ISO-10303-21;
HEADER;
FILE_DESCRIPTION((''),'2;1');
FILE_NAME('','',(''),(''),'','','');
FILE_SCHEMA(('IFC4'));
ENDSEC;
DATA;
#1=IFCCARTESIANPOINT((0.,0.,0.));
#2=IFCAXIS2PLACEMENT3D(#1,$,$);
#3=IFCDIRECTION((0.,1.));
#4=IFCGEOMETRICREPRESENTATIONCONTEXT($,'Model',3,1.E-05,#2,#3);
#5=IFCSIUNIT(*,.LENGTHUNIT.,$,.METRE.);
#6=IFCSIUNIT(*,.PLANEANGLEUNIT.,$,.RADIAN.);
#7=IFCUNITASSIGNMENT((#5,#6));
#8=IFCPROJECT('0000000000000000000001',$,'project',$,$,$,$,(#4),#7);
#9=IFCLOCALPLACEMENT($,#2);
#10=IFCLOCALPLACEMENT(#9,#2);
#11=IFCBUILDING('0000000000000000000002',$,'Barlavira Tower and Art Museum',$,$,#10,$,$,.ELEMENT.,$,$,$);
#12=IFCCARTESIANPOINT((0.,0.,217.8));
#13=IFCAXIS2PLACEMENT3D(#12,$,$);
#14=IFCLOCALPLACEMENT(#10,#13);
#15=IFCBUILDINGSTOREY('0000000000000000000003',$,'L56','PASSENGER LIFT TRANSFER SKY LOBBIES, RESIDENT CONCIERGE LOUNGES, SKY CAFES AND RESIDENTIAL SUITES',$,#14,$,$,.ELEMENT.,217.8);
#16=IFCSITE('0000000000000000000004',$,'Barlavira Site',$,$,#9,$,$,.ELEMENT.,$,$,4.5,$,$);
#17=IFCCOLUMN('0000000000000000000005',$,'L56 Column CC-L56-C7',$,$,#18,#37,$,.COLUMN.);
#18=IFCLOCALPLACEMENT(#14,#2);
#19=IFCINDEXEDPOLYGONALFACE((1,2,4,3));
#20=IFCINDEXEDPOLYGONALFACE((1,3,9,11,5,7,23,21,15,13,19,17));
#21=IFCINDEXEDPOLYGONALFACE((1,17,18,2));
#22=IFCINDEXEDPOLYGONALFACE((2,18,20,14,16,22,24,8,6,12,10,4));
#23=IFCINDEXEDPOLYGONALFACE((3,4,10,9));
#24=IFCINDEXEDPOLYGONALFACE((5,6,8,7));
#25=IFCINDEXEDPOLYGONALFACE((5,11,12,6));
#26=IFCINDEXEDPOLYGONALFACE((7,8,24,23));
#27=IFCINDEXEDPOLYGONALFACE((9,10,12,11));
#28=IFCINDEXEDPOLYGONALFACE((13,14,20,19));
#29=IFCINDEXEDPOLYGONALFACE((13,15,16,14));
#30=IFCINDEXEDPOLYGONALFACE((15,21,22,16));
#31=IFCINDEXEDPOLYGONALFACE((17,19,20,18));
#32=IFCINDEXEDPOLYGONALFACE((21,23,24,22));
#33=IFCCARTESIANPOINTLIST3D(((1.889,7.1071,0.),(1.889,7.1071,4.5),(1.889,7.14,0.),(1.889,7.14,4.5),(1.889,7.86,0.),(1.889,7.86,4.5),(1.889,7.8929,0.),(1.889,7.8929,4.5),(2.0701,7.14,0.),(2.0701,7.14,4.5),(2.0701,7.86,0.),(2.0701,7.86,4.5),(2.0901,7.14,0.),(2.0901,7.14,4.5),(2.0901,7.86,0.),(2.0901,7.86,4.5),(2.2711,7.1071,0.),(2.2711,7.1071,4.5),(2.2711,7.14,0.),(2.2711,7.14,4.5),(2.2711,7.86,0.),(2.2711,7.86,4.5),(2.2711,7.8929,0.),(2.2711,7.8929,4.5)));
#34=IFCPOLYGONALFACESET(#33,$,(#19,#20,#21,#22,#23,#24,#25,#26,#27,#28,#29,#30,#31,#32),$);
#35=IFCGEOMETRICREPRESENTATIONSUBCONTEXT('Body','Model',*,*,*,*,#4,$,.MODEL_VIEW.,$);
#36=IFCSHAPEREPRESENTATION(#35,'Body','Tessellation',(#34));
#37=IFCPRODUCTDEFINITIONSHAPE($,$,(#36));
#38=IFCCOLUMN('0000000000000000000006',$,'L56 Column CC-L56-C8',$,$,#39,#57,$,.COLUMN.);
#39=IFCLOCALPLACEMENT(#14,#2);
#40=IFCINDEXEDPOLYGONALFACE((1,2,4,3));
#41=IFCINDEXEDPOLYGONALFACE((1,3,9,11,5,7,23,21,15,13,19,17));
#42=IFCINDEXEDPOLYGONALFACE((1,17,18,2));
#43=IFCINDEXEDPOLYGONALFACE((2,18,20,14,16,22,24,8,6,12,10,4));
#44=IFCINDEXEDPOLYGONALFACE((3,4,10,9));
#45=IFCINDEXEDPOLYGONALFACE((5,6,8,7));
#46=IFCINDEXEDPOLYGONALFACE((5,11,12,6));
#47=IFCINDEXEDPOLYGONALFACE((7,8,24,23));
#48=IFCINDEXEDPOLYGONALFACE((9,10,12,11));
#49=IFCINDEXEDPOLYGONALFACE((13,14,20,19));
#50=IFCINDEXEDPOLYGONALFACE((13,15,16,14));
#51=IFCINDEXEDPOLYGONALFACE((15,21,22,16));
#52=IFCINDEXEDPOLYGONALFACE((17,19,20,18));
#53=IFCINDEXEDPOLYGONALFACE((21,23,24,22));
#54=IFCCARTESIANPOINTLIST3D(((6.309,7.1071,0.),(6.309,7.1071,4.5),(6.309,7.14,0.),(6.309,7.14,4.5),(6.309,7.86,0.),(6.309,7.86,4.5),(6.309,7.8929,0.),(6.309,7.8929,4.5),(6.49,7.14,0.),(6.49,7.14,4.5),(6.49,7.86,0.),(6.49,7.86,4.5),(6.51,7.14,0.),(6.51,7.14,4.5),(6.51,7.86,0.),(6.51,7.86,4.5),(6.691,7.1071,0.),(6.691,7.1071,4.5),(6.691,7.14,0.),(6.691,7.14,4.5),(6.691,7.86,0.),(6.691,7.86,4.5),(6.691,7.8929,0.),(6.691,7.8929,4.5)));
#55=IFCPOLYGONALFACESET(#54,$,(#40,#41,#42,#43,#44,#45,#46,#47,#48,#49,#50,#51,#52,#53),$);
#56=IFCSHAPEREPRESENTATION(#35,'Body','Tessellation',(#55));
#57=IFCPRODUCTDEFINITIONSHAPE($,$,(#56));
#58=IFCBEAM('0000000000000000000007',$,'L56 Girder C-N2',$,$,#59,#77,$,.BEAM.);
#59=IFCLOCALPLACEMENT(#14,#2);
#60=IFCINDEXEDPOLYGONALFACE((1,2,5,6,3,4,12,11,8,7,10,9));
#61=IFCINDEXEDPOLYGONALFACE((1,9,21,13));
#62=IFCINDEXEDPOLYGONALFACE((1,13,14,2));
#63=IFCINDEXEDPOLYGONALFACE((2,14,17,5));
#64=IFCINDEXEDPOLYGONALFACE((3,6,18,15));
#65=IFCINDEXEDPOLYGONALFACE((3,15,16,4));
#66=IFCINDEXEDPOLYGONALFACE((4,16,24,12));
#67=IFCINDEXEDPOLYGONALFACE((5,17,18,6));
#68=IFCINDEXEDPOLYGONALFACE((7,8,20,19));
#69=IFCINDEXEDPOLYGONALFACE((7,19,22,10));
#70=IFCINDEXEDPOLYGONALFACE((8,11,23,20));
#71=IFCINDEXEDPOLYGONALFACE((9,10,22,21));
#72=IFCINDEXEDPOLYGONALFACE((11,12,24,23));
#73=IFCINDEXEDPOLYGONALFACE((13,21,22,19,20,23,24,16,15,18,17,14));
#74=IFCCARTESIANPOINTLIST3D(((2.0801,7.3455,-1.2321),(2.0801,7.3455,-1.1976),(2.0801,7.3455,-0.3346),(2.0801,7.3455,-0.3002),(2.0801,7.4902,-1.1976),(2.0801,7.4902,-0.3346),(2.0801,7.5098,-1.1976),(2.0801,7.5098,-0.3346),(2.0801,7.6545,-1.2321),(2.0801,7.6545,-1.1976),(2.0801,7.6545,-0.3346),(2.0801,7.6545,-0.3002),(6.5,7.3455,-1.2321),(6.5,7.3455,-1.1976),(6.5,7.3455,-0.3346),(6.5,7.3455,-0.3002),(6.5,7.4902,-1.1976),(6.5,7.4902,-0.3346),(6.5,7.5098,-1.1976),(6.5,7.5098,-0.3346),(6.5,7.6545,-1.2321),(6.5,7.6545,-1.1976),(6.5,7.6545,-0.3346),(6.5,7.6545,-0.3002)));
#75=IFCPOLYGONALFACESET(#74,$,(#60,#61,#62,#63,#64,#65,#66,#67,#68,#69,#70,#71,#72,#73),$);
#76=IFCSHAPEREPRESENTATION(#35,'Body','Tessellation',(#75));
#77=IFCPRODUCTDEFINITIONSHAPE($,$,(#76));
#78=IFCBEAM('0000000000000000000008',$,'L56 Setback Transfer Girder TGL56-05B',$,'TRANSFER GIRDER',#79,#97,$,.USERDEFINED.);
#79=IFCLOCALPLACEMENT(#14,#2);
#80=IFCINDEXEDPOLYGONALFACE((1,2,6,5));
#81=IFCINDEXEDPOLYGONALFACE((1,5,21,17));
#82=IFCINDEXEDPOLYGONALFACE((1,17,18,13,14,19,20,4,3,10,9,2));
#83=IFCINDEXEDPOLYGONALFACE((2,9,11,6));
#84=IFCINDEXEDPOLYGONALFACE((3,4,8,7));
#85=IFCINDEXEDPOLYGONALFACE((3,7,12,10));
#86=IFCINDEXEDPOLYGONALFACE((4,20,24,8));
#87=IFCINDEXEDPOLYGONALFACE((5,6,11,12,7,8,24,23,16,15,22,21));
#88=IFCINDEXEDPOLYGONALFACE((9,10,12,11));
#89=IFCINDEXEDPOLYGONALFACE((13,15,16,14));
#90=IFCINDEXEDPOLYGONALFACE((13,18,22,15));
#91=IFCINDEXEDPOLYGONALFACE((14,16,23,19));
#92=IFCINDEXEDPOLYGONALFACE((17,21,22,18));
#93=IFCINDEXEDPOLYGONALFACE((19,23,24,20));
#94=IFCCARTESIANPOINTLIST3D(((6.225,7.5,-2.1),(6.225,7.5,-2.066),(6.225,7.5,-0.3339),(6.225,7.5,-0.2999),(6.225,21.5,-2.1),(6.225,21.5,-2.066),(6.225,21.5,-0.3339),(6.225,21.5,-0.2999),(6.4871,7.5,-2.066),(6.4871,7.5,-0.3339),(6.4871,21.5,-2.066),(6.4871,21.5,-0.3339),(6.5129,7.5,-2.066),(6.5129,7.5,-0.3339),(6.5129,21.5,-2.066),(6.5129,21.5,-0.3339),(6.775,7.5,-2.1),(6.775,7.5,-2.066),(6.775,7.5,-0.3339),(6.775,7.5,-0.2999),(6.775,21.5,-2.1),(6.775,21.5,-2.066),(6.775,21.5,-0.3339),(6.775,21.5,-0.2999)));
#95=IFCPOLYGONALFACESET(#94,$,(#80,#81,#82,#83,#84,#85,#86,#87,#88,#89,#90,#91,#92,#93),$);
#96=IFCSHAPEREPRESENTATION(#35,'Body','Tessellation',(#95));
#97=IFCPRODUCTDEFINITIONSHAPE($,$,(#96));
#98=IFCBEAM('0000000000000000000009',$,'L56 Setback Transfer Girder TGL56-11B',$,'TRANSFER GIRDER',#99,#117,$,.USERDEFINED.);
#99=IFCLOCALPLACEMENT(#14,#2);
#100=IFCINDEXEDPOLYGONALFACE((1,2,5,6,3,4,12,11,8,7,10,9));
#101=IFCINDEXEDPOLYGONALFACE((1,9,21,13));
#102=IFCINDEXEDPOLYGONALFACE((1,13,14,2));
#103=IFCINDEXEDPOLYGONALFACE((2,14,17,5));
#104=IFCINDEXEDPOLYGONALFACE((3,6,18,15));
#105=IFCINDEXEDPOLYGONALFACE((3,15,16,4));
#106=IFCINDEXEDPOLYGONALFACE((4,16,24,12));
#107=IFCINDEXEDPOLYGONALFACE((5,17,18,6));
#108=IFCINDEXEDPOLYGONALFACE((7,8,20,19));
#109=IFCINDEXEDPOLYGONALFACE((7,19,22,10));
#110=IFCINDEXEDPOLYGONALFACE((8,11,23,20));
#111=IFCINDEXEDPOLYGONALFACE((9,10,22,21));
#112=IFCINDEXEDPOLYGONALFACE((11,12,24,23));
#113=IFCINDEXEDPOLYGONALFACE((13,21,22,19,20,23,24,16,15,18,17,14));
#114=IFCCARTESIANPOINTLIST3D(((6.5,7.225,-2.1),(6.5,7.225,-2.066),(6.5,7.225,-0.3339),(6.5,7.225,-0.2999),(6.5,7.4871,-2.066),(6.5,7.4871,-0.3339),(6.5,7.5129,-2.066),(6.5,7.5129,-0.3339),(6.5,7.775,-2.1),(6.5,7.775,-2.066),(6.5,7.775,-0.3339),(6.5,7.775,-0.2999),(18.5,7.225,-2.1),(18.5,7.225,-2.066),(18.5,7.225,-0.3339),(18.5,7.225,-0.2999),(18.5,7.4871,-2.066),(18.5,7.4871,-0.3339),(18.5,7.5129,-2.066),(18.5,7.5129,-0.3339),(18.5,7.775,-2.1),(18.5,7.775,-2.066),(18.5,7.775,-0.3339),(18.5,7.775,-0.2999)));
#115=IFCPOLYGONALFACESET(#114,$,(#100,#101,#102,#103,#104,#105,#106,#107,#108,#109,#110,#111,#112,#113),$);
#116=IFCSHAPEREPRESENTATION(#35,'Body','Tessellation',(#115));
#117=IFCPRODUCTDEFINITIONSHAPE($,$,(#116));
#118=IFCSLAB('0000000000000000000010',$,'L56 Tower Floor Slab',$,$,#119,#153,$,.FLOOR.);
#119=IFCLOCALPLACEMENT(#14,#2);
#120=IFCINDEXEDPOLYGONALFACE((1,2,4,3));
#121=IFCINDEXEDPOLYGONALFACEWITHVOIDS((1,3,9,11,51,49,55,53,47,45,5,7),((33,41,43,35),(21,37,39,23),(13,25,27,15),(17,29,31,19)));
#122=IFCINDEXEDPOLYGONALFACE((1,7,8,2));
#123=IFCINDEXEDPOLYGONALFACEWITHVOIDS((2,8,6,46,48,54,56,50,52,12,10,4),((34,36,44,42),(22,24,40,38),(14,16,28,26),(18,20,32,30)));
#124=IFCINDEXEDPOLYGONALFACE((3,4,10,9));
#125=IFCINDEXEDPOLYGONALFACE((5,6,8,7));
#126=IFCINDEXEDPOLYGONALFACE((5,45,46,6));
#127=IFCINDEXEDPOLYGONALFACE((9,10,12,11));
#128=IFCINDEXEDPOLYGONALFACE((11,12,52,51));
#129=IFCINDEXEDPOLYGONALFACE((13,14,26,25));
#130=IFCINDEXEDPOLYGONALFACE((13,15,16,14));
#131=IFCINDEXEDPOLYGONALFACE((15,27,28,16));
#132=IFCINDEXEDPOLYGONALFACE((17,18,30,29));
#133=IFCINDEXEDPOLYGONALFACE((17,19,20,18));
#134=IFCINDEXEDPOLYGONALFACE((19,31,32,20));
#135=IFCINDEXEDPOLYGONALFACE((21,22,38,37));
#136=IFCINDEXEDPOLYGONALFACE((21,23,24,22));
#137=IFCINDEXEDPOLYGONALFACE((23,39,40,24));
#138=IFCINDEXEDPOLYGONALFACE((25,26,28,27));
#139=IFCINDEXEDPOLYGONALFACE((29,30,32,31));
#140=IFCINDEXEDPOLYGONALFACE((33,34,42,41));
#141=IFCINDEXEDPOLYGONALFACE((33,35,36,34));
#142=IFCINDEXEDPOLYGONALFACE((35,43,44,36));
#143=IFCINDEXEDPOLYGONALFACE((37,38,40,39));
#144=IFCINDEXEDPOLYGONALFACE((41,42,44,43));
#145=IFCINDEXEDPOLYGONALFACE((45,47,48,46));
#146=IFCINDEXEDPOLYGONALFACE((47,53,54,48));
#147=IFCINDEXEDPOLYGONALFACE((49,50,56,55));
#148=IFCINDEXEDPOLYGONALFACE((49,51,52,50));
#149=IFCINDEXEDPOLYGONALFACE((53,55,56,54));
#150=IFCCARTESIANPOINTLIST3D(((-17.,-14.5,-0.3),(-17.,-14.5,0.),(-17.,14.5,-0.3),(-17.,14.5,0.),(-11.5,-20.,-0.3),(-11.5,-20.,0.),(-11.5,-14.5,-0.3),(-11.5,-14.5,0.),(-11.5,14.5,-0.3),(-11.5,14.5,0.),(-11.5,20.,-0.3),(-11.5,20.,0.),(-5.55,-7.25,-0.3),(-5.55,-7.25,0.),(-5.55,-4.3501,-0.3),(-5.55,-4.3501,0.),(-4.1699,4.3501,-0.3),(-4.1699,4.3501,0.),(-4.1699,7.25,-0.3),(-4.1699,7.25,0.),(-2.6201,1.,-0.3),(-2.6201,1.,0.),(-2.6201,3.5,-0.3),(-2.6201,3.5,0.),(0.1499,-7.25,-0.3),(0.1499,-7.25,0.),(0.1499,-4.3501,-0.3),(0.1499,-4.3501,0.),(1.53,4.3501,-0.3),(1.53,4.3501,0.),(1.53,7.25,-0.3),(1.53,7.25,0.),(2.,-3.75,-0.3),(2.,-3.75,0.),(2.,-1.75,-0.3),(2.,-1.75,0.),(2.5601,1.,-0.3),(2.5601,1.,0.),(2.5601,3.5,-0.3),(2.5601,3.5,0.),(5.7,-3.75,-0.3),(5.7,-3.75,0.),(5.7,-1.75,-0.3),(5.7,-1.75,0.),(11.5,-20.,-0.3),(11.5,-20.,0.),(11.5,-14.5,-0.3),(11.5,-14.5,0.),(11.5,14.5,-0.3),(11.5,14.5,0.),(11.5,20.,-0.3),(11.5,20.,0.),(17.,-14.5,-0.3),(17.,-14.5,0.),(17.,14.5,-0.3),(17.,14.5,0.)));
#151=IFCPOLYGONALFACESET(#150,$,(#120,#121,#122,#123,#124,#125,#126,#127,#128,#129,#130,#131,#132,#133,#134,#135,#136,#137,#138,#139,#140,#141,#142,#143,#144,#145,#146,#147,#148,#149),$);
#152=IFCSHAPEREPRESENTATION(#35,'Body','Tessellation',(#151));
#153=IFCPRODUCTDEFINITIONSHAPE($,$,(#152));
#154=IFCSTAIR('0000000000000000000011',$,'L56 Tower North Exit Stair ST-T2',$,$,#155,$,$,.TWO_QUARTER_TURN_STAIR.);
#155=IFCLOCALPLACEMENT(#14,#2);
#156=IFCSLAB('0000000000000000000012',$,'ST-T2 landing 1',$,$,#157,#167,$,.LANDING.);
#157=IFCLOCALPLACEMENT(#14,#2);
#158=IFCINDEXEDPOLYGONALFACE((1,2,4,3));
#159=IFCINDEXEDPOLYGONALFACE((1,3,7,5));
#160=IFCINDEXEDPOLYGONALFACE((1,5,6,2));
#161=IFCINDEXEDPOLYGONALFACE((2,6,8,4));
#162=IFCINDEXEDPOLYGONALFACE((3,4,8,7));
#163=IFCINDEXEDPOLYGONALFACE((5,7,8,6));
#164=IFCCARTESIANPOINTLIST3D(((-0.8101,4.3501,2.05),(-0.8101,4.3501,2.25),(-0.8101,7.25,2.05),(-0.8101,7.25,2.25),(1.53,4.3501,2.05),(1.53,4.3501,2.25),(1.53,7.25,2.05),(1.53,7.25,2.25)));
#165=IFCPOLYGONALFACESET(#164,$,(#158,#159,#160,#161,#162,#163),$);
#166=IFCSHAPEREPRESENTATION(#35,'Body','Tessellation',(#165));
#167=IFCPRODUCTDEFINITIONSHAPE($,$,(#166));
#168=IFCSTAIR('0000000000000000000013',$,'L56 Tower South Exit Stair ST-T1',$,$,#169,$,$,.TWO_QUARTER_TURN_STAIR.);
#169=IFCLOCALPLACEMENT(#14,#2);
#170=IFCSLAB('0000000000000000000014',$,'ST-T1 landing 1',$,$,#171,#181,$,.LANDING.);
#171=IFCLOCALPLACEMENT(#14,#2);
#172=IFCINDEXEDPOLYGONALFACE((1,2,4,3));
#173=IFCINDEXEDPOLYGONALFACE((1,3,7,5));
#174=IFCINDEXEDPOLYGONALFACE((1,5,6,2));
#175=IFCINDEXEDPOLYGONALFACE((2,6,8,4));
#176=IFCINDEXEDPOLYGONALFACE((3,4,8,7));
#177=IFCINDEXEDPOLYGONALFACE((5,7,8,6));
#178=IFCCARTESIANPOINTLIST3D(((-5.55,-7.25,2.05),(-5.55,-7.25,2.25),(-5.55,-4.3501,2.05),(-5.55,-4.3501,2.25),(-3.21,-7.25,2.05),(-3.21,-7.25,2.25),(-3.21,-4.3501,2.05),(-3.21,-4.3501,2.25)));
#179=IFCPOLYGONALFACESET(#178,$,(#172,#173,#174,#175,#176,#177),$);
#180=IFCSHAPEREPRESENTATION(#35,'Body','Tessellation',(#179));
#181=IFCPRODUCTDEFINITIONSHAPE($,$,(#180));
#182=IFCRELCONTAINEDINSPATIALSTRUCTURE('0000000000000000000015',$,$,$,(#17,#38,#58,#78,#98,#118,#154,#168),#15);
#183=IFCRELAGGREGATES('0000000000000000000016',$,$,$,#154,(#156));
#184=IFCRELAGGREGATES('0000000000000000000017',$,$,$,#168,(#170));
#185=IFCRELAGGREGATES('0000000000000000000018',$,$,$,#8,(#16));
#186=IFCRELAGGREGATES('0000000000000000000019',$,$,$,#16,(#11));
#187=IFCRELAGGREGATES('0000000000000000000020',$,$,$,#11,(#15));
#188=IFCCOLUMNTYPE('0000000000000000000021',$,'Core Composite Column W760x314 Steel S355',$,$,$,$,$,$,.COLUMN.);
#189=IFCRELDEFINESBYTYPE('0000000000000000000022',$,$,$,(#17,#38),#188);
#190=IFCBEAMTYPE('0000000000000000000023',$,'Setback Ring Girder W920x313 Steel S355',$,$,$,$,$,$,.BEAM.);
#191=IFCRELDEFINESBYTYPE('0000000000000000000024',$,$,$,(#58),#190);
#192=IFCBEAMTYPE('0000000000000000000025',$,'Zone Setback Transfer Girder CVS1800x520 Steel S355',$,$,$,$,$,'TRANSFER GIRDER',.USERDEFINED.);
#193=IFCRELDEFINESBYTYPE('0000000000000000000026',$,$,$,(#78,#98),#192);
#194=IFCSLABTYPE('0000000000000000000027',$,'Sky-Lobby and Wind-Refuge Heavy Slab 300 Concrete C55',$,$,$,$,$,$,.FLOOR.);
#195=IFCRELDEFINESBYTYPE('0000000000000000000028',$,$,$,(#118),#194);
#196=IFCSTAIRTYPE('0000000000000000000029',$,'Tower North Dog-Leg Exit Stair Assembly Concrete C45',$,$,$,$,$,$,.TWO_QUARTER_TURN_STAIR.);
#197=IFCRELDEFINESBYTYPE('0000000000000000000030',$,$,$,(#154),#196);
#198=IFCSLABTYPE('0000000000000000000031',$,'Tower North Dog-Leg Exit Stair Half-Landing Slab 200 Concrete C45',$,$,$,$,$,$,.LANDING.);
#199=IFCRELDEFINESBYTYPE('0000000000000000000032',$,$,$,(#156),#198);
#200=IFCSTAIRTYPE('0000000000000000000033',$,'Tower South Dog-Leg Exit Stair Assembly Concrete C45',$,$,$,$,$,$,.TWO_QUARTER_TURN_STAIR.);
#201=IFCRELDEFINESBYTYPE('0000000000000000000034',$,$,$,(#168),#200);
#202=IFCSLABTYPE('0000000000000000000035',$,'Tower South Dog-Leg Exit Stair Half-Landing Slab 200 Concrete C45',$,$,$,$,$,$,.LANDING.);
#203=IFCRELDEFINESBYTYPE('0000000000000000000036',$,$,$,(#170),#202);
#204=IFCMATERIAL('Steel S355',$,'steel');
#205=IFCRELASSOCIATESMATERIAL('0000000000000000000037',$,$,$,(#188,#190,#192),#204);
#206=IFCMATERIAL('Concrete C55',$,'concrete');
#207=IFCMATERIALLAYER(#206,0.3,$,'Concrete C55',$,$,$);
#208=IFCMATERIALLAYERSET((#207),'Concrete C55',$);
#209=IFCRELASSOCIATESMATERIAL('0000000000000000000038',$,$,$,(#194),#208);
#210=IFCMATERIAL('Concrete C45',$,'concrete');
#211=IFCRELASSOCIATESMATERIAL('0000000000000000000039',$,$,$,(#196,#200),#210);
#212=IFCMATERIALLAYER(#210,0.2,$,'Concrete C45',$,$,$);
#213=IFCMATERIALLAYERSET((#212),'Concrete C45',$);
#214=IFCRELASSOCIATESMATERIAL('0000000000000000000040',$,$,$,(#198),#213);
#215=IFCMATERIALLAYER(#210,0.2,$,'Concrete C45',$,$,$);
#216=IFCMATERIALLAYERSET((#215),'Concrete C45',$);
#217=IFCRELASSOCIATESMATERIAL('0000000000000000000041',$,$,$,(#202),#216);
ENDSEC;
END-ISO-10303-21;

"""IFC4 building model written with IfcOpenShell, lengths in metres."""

from ifc_helpers import new_model, si_unit, direction, frame, origin, origin_2d, place, context, subcontext, project, spatial, polyline, i_section, outline, extrude, material, layer, layer_set, material_profile, profile_set, type_object, element, aggregate, save


model = new_model("IFC4")

# Units and contexts
model_context = context("Model", 3, precision=1e-05, world=origin(), true_north=direction((0.0, 1.0)))
body_context = subcontext(model_context, "Body", "Model", "MODEL_VIEW")
ifc_project = project(units=[si_unit("LENGTHUNIT", "METRE"), si_unit("PLANEANGLEUNIT", "RADIAN")], contexts=[model_context])

# Site, building, storey
site_placement = place(None, origin())
site = spatial("IfcSite", under=ifc_project, at=site_placement, Name="Barlavira Site", CompositionType="ELEMENT", RefElevation=4.5)
building_placement = place(site_placement, origin())
building = spatial("IfcBuilding", under=site, at=building_placement, Name="Barlavira Tower and Art Museum", CompositionType="ELEMENT")
storey_placement = place(building_placement, frame((0.0, 0.0, 217.8)))
storey = spatial("IfcBuildingStorey", under=building, at=storey_placement, Name="L56", Description="PASSENGER LIFT TRANSFER SKY LOBBIES, RESIDENT CONCIERGE LOUNGES, SKY CAFES AND RESIDENTIAL SUITES", CompositionType="ELEMENT", Elevation=217.8)

# Columns
ifc_material_1 = material(Name="Steel S355", Category="steel")
ifc_material_profile_1 = material_profile(ifc_material_1, i_section(OverallWidth=0.3821, OverallDepth=0.7859, WebThickness=0.02, FlangeThickness=0.033, at=origin_2d()), Name="W760x314.0")
ifc_profile_set_1 = profile_set([ifc_material_profile_1], Name="Steel S355")
column_type = type_object("IfcColumnType", Name="Core Composite Column W760x314 Steel S355", PredefinedType="COLUMN", material=ifc_profile_set_1)
for number, where, z_axis, x_axis, name in (
    (1, (2.0801, 7.5, 0.0), (0.0, 0.0, 1.0), (1.0, 0.0, 0.0), "L56 Column CC-L56-C7"),
    (2, (6.5, 7.5, 0.0), (0.0, 0.0, 1.0), (1.0, 0.0, 0.0), "L56 Column CC-L56-C8"),
):
    element("IfcColumn", number, at=place(storey_placement, frame(where, z_axis=z_axis, x_axis=x_axis)), inside=storey, type_object=column_type, Name=name, PredefinedType="COLUMN", context=body_context, shape_type="SweptSolid", body=[
        extrude(i_section(OverallWidth=0.3821, OverallDepth=0.7859, WebThickness=0.02, FlangeThickness=0.033, at=origin_2d()), origin(), (0.0, 0.0, 1.0), 4.5),
    ])

# Beams
ifc_material_profile_2 = material_profile(ifc_material_1, i_section(OverallWidth=0.3091, OverallDepth=0.9319, WebThickness=0.0195, FlangeThickness=0.0344, at=origin_2d()), Name="W920x313.0")
ifc_profile_set_2 = profile_set([ifc_material_profile_2], Name="Steel S355")
beam_type_1 = type_object("IfcBeamType", Name="Setback Ring Girder W920x313 Steel S355", PredefinedType="BEAM", material=ifc_profile_set_2)
beam_1_placement = place(storey_placement, frame((2.0801, 7.5, -0.7661), z_axis=(1.0, 0.0, 0.0), x_axis=(0.0, 1.0, 0.0)))
element("IfcBeam", 3, at=beam_1_placement, inside=storey, type_object=beam_type_1, Name="L56 Girder C-N2", PredefinedType="BEAM", context=body_context, shape_type="SweptSolid", body=[
    extrude(i_section(OverallWidth=0.3091, OverallDepth=0.9319, WebThickness=0.0195, FlangeThickness=0.0344, at=origin_2d()), origin(), (0.0, 0.0, 1.0), 4.4199),
])
ifc_material_profile_3 = material_profile(ifc_material_1, i_section(OverallWidth=0.55, OverallDepth=1.8, WebThickness=0.0259, FlangeThickness=0.0339, at=origin_2d()), Name="CVS1800x520")
ifc_profile_set_3 = profile_set([ifc_material_profile_3], Name="Steel S355")
beam_type_2 = type_object("IfcBeamType", Name="Zone Setback Transfer Girder CVS1800x520 Steel S355", ElementType="TRANSFER GIRDER", PredefinedType="USERDEFINED", material=ifc_profile_set_3)
beam_2_placement = place(storey_placement, frame((6.5, 7.5, -1.2), z_axis=(0.0, 1.0, 0.0), x_axis=(-1.0, 0.0, 0.0)))
element("IfcBeam", 4, at=beam_2_placement, inside=storey, type_object=beam_type_2, Name="L56 Setback Transfer Girder TGL56-05B", ObjectType="TRANSFER GIRDER", PredefinedType="USERDEFINED", context=body_context, shape_type="SweptSolid", body=[
    extrude(i_section(OverallWidth=0.55, OverallDepth=1.8, WebThickness=0.0259, FlangeThickness=0.0339, at=origin_2d()), origin(), (0.0, 0.0, 1.0), 14.0),
])
beam_3_placement = place(storey_placement, frame((6.5, 7.5, -1.2), z_axis=(1.0, 0.0, 0.0), x_axis=(0.0, 1.0, 0.0)))
element("IfcBeam", 5, at=beam_3_placement, inside=storey, type_object=beam_type_2, Name="L56 Setback Transfer Girder TGL56-11B", ObjectType="TRANSFER GIRDER", PredefinedType="USERDEFINED", context=body_context, shape_type="SweptSolid", body=[
    extrude(i_section(OverallWidth=0.55, OverallDepth=1.8, WebThickness=0.0259, FlangeThickness=0.0339, at=origin_2d()), origin(), (0.0, 0.0, 1.0), 12.0),
])

# Slab
ifc_material_2 = material(Name="Concrete C55", Category="concrete")
ifc_layer_1 = layer(ifc_material_2, 0.3, Name="Concrete C55")
ifc_layer_set_1 = layer_set([ifc_layer_1], Name="Concrete C55")
slab_type_1 = type_object("IfcSlabType", Name="Sky-Lobby and Wind-Refuge Heavy Slab 300 Concrete C55", PredefinedType="FLOOR", material=ifc_layer_set_1)
slab_1_placement = place(storey_placement, frame((0.0, 0.0, -0.3)))
element("IfcSlab", 6, at=slab_1_placement, inside=storey, type_object=slab_type_1, Name="L56 Tower Floor Slab", PredefinedType="FLOOR", context=body_context, shape_type="SweptSolid", body=[
    extrude(outline(polyline([(-11.5, -20.0), (11.5, -20.0), (11.5, -14.5), (17.0, -14.5), (17.0, 14.5), (11.5, 14.5), (11.5, 20.0), (-11.5, 20.0), (-11.5, 14.5), (-17.0, 14.5), (-17.0, -14.5), (-11.5, -14.5), (-11.5, -20.0)]), holes=[polyline([(0.1499, -4.3501), (-5.55, -4.3501), (-5.55, -7.25), (0.1499, -7.25), (0.1499, -4.3501)]), polyline([(-4.1699, 4.3501), (1.53, 4.3501), (1.53, 7.25), (-4.1699, 7.25), (-4.1699, 4.3501)]), polyline([(-2.6201, 1.0), (2.5601, 1.0), (2.5601, 3.5), (-2.6201, 3.5), (-2.6201, 1.0)]), polyline([(2.0, -3.75), (5.7, -3.75), (5.7, -1.75), (2.0, -1.75), (2.0, -3.75)])]), origin(), (0.0, 0.0, 1.0), 0.3),
])

# Stairs, slabs
ifc_material_3 = material(Name="Concrete C45", Category="concrete")
stair_type_1 = type_object("IfcStairType", Name="Tower North Dog-Leg Exit Stair Assembly Concrete C45", PredefinedType="TWO_QUARTER_TURN_STAIR", material=ifc_material_3)
stair_1_placement = place(storey_placement, origin())
stair_1 = element("IfcStair", 7, at=stair_1_placement, inside=storey, type_object=stair_type_1, Name="L56 Tower North Exit Stair ST-T2", PredefinedType="TWO_QUARTER_TURN_STAIR")
ifc_layer_2 = layer(ifc_material_3, 0.2, Name="Concrete C45")
ifc_layer_set_2 = layer_set([ifc_layer_2], Name="Concrete C45")
slab_type_2 = type_object("IfcSlabType", Name="Tower North Dog-Leg Exit Stair Half-Landing Slab 200 Concrete C45", PredefinedType="LANDING", material=ifc_layer_set_2)
slab_2_placement = place(storey_placement, frame((0.0, 0.0, 2.05)))
slab_2 = element("IfcSlab", 8, at=slab_2_placement, type_object=slab_type_2, Name="ST-T2 landing 1", PredefinedType="LANDING", context=body_context, shape_type="SweptSolid", body=[
    extrude(outline(polyline([(-0.8101, 4.3501), (1.53, 4.3501), (1.53, 7.25), (-0.8101, 7.25), (-0.8101, 4.3501)])), origin(), (0.0, 0.0, 1.0), 0.2),
])
aggregate(stair_1, [slab_2])
stair_type_2 = type_object("IfcStairType", Name="Tower South Dog-Leg Exit Stair Assembly Concrete C45", PredefinedType="TWO_QUARTER_TURN_STAIR", material=ifc_material_3)
stair_2_placement = place(storey_placement, origin())
stair_2 = element("IfcStair", 9, at=stair_2_placement, inside=storey, type_object=stair_type_2, Name="L56 Tower South Exit Stair ST-T1", PredefinedType="TWO_QUARTER_TURN_STAIR")
ifc_layer_3 = layer(ifc_material_3, 0.2, Name="Concrete C45")
ifc_layer_set_3 = layer_set([ifc_layer_3], Name="Concrete C45")
slab_type_3 = type_object("IfcSlabType", Name="Tower South Dog-Leg Exit Stair Half-Landing Slab 200 Concrete C45", PredefinedType="LANDING", material=ifc_layer_set_3)
slab_3_placement = place(storey_placement, frame((0.0, 0.0, 2.05)))
slab_3 = element("IfcSlab", 10, at=slab_3_placement, type_object=slab_type_3, Name="ST-T1 landing 1", PredefinedType="LANDING", context=body_context, shape_type="SweptSolid", body=[
    extrude(outline(polyline([(-3.21, -4.3501), (-5.55, -4.3501), (-5.55, -7.25), (-3.21, -7.25), (-3.21, -4.3501)])), origin(), (0.0, 0.0, 1.0), 0.2),
])
aggregate(stair_2, [slab_3])

save(model, "model.ifc")
